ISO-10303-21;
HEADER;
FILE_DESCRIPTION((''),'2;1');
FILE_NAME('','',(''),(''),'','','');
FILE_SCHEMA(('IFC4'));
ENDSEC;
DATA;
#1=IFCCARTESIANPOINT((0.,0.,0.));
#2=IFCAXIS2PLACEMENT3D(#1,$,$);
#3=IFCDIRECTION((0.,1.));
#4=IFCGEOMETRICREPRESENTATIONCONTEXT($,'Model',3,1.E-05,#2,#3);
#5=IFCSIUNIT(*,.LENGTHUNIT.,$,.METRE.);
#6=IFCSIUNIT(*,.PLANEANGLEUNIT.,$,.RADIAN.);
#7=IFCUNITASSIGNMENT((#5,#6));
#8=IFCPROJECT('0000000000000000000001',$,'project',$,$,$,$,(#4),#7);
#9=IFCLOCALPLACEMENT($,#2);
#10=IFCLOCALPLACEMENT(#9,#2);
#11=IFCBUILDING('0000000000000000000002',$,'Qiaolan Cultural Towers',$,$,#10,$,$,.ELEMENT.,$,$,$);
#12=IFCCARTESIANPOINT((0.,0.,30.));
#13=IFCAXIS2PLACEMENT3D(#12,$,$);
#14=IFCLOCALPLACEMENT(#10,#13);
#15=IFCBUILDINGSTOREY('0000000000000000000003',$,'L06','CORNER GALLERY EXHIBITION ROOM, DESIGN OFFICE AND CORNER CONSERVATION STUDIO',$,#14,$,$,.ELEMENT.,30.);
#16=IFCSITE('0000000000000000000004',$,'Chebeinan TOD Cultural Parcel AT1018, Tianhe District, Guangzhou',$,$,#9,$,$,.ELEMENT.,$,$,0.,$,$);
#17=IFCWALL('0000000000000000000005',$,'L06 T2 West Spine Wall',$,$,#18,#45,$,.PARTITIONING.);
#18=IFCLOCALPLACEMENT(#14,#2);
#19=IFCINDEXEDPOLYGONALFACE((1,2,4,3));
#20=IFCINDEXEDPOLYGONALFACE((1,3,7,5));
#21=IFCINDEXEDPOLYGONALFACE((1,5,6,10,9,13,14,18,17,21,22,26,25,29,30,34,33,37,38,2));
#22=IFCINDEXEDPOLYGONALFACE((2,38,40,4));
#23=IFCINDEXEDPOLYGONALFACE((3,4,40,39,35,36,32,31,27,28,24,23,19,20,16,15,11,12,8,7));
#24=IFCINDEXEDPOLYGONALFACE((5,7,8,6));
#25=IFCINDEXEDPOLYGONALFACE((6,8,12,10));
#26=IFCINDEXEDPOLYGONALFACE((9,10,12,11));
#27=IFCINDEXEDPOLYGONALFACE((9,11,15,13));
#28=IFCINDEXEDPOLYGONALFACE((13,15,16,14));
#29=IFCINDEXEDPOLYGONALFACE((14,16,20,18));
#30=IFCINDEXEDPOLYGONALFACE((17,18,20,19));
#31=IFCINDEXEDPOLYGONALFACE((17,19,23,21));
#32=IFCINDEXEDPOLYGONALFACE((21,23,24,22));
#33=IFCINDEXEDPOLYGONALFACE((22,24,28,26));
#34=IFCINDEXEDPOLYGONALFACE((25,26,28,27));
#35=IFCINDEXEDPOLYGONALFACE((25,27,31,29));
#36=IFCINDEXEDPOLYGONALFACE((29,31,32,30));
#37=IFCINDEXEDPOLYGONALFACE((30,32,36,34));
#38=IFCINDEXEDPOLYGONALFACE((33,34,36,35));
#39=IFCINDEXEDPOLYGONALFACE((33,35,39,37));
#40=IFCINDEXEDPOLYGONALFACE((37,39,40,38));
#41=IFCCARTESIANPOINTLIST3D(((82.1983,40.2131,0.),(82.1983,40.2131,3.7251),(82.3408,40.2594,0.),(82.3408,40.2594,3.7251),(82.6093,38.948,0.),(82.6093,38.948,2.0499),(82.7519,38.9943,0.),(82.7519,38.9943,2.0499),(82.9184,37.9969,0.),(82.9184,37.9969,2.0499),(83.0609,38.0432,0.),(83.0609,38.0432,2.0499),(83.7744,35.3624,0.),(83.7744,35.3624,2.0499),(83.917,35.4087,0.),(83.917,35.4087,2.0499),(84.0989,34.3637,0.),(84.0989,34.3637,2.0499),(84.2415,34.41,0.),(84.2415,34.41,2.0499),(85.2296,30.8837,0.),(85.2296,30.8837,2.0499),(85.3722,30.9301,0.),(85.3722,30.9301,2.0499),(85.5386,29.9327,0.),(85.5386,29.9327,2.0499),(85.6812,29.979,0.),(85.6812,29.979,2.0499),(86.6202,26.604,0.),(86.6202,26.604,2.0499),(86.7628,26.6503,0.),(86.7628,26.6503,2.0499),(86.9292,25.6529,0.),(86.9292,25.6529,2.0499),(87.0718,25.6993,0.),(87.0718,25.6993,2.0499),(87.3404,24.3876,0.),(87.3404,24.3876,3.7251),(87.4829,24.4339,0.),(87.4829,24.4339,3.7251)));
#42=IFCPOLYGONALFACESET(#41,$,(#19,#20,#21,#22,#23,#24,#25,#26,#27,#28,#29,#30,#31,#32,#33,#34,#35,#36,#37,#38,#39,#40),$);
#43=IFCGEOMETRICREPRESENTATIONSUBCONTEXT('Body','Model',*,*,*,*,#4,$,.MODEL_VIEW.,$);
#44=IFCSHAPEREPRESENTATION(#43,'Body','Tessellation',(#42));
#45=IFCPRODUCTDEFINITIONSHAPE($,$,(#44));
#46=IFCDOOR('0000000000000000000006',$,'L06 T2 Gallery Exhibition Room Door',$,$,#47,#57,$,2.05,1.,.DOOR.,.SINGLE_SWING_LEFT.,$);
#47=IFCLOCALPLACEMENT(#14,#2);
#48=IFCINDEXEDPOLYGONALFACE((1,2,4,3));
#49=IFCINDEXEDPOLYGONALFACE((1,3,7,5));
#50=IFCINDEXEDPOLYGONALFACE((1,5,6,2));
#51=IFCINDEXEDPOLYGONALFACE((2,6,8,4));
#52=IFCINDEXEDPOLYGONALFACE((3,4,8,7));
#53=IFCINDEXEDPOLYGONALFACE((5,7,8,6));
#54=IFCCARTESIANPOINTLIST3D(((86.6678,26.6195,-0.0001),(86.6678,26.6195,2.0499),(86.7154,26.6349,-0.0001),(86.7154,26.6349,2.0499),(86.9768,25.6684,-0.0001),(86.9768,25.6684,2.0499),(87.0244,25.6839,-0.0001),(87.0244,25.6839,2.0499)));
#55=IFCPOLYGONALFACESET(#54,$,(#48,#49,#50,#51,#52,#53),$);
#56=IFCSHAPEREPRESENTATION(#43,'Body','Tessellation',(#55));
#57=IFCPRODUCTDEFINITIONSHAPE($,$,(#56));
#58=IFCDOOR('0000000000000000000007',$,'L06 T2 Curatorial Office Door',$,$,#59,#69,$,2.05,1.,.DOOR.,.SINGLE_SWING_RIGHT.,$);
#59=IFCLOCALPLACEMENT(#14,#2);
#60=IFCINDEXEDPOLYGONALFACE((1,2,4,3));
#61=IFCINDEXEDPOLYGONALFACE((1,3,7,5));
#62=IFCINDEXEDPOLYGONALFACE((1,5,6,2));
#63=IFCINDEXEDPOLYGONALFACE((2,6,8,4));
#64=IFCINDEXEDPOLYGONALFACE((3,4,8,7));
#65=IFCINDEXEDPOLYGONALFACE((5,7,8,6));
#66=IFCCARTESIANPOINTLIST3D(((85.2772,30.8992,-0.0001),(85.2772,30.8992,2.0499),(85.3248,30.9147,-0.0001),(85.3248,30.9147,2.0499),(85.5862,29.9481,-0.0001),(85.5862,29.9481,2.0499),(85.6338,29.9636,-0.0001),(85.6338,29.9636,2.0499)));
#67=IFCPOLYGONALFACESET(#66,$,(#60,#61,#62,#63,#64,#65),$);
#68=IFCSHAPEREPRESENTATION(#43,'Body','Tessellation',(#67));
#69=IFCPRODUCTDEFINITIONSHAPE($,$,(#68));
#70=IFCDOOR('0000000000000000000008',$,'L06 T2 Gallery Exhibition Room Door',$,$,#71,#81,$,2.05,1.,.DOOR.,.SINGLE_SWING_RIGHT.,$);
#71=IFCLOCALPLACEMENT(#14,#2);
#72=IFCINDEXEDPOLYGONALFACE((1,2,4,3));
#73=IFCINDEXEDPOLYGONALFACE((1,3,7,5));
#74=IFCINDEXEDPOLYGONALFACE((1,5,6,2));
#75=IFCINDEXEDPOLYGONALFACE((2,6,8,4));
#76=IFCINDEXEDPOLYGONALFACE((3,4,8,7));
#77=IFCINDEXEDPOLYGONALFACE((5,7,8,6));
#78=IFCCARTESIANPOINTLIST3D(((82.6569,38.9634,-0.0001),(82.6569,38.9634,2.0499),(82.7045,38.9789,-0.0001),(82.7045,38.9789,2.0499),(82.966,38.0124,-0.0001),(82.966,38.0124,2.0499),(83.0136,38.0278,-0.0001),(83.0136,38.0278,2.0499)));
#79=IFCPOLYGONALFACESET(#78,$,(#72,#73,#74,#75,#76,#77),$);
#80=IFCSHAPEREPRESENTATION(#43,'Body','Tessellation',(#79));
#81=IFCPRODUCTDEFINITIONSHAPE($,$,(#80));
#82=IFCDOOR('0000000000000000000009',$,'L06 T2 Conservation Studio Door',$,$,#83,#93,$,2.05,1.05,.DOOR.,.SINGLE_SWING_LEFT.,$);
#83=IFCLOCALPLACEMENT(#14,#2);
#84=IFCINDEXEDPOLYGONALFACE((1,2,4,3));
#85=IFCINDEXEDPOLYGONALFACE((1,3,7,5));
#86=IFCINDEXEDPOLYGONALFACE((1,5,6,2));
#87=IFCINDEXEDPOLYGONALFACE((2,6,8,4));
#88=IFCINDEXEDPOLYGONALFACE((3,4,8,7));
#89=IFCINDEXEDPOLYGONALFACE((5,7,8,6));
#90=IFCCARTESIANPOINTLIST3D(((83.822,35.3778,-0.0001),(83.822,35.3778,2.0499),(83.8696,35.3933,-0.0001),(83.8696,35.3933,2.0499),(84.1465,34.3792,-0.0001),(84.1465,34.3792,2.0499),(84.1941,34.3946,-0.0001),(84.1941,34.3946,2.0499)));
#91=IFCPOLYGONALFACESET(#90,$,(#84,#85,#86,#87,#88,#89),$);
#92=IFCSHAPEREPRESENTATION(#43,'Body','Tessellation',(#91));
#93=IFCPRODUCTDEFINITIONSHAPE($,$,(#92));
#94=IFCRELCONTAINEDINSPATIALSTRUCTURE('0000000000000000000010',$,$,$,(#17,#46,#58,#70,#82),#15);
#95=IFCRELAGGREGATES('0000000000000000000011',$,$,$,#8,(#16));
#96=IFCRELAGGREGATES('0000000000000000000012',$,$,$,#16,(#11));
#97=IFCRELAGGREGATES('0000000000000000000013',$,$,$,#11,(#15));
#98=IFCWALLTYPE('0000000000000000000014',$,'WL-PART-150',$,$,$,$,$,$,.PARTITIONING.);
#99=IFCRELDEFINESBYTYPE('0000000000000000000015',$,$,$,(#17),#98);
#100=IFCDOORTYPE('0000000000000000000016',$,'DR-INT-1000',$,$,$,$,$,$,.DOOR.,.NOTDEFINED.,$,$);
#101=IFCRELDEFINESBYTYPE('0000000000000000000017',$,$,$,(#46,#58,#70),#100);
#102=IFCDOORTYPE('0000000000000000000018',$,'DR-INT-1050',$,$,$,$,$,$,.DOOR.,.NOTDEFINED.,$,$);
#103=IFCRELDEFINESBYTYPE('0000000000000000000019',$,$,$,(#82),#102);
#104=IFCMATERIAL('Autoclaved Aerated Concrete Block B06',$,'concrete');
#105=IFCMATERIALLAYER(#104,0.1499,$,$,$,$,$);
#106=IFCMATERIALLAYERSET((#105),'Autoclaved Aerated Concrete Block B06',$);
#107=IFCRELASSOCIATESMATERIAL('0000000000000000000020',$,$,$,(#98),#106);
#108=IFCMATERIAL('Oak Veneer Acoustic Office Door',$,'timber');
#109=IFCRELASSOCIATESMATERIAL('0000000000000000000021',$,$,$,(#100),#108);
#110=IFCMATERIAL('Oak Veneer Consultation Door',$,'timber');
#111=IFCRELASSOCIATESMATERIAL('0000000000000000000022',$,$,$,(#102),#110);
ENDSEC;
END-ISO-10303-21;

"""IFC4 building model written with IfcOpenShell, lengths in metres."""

from ifc_helpers import new_model, si_unit, direction, frame, frame_2d, origin, place, context, subcontext, project, spatial, rectangle, extrude, material, layer, layer_set, type_object, element, fill, save


model = new_model("IFC4")

# Units and contexts
model_context = context("Model", 3, precision=1e-05, world=origin(), true_north=direction((0.0, 1.0)))
body_context = subcontext(model_context, "Body", "Model", "MODEL_VIEW")
ifc_project = project(units=[si_unit("LENGTHUNIT", "METRE"), si_unit("PLANEANGLEUNIT", "RADIAN")], contexts=[model_context])

# Site, building, storey
site_placement = place(None, origin())
site = spatial("IfcSite", under=ifc_project, at=site_placement, Name="Chebeinan TOD Cultural Parcel AT1018, Tianhe District, Guangzhou", CompositionType="ELEMENT", RefElevation=0.0)
building_placement = place(site_placement, origin())
building = spatial("IfcBuilding", under=site, at=building_placement, Name="Qiaolan Cultural Towers", CompositionType="ELEMENT")
storey_placement = place(building_placement, frame((0.0, 0.0, 30.0)))
storey = spatial("IfcBuildingStorey", under=building, at=storey_placement, Name="L06", Description="CORNER GALLERY EXHIBITION ROOM, DESIGN OFFICE AND CORNER CONSERVATION STUDIO", CompositionType="ELEMENT", Elevation=30.0)

# Shared definitions
ifc_material_1 = material(Name="Autoclaved Aerated Concrete Block B06", Category="concrete")
ifc_layer_1 = layer(ifc_material_1, 0.1499)
ifc_layer_set_1 = layer_set([ifc_layer_1], Name="Autoclaved Aerated Concrete Block B06")
wall_type_1 = type_object("IfcWallType", Name="WL-PART-150", PredefinedType="PARTITIONING", material=ifc_layer_set_1)

# Wall, openings, doors
wall_1_placement = place(storey_placement, frame((87.4116, 24.4109, 0.0), z_axis=(0.0, 0.0, 1.0), x_axis=(-0.309022, 0.951055, 0.0)))
wall_1 = element("IfcWall", 1, at=wall_1_placement, inside=storey, type_object=wall_type_1, Name="L06 T2 West Spine Wall", PredefinedType="PARTITIONING", context=body_context, shape_type="SweptSolid", body=[
    extrude(rectangle(XDim=16.6399, YDim=0.1499, at=frame_2d((8.3198, 0.0))), origin(), (0.0, 0.0, 1.0), 3.7251),
])
opening_1_placement = place(wall_1_placement, frame((1.3303, 0.0, 0.0)))
opening_1 = element("IfcOpeningElement", 2, at=opening_1_placement, cuts=wall_1, PredefinedType="OPENING", context=body_context, shape_type="SweptSolid", body=[
    extrude(rectangle(XDim=1.0, YDim=2.05, at=frame_2d((0.5, 1.0249))), frame((0.0, 0.085, 0.0), z_axis=(0.0, -1.0, 0.0), x_axis=(1.0, 0.0, 0.0)), (0.0, 0.0, 1.0), 0.1699),
])
opening_2_placement = place(wall_1_placement, frame((5.8303, 0.0, 0.0)))
opening_2 = element("IfcOpeningElement", 3, at=opening_2_placement, cuts=wall_1, PredefinedType="OPENING", context=body_context, shape_type="SweptSolid", body=[
    extrude(rectangle(XDim=1.0, YDim=2.05, at=frame_2d((0.5, 1.0249))), frame((0.0, 0.085, 0.0), z_axis=(0.0, -1.0, 0.0), x_axis=(1.0, 0.0, 0.0)), (0.0, 0.0, 1.0), 0.1699),
])
opening_3_placement = place(wall_1_placement, frame((10.4895, 0.0, 0.0)))
opening_3 = element("IfcOpeningElement", 4, at=opening_3_placement, cuts=wall_1, PredefinedType="OPENING", context=body_context, shape_type="SweptSolid", body=[
    extrude(rectangle(XDim=1.05, YDim=2.05, at=frame_2d((0.5249, 1.0249))), frame((0.0, 0.085, 0.0), z_axis=(0.0, -1.0, 0.0), x_axis=(1.0, 0.0, 0.0)), (0.0, 0.0, 1.0), 0.1699),
])
opening_4_placement = place(wall_1_placement, frame((14.3096, 0.0, 0.0)))
opening_4 = element("IfcOpeningElement", 5, at=opening_4_placement, cuts=wall_1, PredefinedType="OPENING", context=body_context, shape_type="SweptSolid", body=[
    extrude(rectangle(XDim=1.0, YDim=2.05, at=frame_2d((0.5, 1.0249))), frame((0.0, 0.085, 0.0), z_axis=(0.0, -1.0, 0.0), x_axis=(1.0, 0.0, 0.0)), (0.0, 0.0, 1.0), 0.1699),
])
ifc_material_2 = material(Name="Oak Veneer Acoustic Office Door", Category="timber")
door_type_1 = type_object("IfcDoorType", Name="DR-INT-1000", OperationType="NOTDEFINED", PredefinedType="DOOR", material=ifc_material_2)
door_1_placement = place(opening_1_placement, origin())
door_1 = element("IfcDoor", 6, at=door_1_placement, inside=storey, type_object=door_type_1, Name="L06 T2 Gallery Exhibition Room Door", OperationType="SINGLE_SWING_LEFT", OverallHeight=2.05, OverallWidth=1.0, PredefinedType="DOOR", context=body_context, shape_type="SweptSolid", body=[
    extrude(rectangle(XDim=1.0, YDim=2.05, at=frame_2d((0.5, 1.0249))), frame((0.0, 0.0249, 0.0), z_axis=(0.0, -1.0, 0.0), x_axis=(1.0, 0.0, 0.0)), (0.0, 0.0, 1.0), 0.05),
])
fill(opening_1, door_1)
door_2_placement = place(opening_2_placement, origin())
door_2 = element("IfcDoor", 7, at=door_2_placement, inside=storey, type_object=door_type_1, Name="L06 T2 Curatorial Office Door", OperationType="SINGLE_SWING_RIGHT", OverallHeight=2.05, OverallWidth=1.0, PredefinedType="DOOR", context=body_context, shape_type="SweptSolid", body=[
    extrude(rectangle(XDim=1.0, YDim=2.05, at=frame_2d((0.5, 1.0249))), frame((0.0, 0.0249, 0.0), z_axis=(0.0, -1.0, 0.0), x_axis=(1.0, 0.0, 0.0)), (0.0, 0.0, 1.0), 0.05),
])
fill(opening_2, door_2)
door_3_placement = place(opening_4_placement, origin())
door_3 = element("IfcDoor", 8, at=door_3_placement, inside=storey, type_object=door_type_1, Name="L06 T2 Gallery Exhibition Room Door", OperationType="SINGLE_SWING_RIGHT", OverallHeight=2.05, OverallWidth=1.0, PredefinedType="DOOR", context=body_context, shape_type="SweptSolid", body=[
    extrude(rectangle(XDim=1.0, YDim=2.05, at=frame_2d((0.5, 1.0249))), frame((0.0, 0.0249, 0.0), z_axis=(0.0, -1.0, 0.0), x_axis=(1.0, 0.0, 0.0)), (0.0, 0.0, 1.0), 0.05),
])
fill(opening_4, door_3)
ifc_material_3 = material(Name="Oak Veneer Consultation Door", Category="timber")
door_type_2 = type_object("IfcDoorType", Name="DR-INT-1050", OperationType="NOTDEFINED", PredefinedType="DOOR", material=ifc_material_3)
door_4_placement = place(opening_3_placement, origin())
door_4 = element("IfcDoor", 9, at=door_4_placement, inside=storey, type_object=door_type_2, Name="L06 T2 Conservation Studio Door", OperationType="SINGLE_SWING_LEFT", OverallHeight=2.05, OverallWidth=1.05, PredefinedType="DOOR", context=body_context, shape_type="SweptSolid", body=[
    extrude(rectangle(XDim=1.05, YDim=2.05, at=frame_2d((0.5249, 1.0249))), frame((0.0, 0.0249, 0.0), z_axis=(0.0, -1.0, 0.0), x_axis=(1.0, 0.0, 0.0)), (0.0, 0.0, 1.0), 0.05),
])
fill(opening_3, door_4)

save(model, "model.ifc")
